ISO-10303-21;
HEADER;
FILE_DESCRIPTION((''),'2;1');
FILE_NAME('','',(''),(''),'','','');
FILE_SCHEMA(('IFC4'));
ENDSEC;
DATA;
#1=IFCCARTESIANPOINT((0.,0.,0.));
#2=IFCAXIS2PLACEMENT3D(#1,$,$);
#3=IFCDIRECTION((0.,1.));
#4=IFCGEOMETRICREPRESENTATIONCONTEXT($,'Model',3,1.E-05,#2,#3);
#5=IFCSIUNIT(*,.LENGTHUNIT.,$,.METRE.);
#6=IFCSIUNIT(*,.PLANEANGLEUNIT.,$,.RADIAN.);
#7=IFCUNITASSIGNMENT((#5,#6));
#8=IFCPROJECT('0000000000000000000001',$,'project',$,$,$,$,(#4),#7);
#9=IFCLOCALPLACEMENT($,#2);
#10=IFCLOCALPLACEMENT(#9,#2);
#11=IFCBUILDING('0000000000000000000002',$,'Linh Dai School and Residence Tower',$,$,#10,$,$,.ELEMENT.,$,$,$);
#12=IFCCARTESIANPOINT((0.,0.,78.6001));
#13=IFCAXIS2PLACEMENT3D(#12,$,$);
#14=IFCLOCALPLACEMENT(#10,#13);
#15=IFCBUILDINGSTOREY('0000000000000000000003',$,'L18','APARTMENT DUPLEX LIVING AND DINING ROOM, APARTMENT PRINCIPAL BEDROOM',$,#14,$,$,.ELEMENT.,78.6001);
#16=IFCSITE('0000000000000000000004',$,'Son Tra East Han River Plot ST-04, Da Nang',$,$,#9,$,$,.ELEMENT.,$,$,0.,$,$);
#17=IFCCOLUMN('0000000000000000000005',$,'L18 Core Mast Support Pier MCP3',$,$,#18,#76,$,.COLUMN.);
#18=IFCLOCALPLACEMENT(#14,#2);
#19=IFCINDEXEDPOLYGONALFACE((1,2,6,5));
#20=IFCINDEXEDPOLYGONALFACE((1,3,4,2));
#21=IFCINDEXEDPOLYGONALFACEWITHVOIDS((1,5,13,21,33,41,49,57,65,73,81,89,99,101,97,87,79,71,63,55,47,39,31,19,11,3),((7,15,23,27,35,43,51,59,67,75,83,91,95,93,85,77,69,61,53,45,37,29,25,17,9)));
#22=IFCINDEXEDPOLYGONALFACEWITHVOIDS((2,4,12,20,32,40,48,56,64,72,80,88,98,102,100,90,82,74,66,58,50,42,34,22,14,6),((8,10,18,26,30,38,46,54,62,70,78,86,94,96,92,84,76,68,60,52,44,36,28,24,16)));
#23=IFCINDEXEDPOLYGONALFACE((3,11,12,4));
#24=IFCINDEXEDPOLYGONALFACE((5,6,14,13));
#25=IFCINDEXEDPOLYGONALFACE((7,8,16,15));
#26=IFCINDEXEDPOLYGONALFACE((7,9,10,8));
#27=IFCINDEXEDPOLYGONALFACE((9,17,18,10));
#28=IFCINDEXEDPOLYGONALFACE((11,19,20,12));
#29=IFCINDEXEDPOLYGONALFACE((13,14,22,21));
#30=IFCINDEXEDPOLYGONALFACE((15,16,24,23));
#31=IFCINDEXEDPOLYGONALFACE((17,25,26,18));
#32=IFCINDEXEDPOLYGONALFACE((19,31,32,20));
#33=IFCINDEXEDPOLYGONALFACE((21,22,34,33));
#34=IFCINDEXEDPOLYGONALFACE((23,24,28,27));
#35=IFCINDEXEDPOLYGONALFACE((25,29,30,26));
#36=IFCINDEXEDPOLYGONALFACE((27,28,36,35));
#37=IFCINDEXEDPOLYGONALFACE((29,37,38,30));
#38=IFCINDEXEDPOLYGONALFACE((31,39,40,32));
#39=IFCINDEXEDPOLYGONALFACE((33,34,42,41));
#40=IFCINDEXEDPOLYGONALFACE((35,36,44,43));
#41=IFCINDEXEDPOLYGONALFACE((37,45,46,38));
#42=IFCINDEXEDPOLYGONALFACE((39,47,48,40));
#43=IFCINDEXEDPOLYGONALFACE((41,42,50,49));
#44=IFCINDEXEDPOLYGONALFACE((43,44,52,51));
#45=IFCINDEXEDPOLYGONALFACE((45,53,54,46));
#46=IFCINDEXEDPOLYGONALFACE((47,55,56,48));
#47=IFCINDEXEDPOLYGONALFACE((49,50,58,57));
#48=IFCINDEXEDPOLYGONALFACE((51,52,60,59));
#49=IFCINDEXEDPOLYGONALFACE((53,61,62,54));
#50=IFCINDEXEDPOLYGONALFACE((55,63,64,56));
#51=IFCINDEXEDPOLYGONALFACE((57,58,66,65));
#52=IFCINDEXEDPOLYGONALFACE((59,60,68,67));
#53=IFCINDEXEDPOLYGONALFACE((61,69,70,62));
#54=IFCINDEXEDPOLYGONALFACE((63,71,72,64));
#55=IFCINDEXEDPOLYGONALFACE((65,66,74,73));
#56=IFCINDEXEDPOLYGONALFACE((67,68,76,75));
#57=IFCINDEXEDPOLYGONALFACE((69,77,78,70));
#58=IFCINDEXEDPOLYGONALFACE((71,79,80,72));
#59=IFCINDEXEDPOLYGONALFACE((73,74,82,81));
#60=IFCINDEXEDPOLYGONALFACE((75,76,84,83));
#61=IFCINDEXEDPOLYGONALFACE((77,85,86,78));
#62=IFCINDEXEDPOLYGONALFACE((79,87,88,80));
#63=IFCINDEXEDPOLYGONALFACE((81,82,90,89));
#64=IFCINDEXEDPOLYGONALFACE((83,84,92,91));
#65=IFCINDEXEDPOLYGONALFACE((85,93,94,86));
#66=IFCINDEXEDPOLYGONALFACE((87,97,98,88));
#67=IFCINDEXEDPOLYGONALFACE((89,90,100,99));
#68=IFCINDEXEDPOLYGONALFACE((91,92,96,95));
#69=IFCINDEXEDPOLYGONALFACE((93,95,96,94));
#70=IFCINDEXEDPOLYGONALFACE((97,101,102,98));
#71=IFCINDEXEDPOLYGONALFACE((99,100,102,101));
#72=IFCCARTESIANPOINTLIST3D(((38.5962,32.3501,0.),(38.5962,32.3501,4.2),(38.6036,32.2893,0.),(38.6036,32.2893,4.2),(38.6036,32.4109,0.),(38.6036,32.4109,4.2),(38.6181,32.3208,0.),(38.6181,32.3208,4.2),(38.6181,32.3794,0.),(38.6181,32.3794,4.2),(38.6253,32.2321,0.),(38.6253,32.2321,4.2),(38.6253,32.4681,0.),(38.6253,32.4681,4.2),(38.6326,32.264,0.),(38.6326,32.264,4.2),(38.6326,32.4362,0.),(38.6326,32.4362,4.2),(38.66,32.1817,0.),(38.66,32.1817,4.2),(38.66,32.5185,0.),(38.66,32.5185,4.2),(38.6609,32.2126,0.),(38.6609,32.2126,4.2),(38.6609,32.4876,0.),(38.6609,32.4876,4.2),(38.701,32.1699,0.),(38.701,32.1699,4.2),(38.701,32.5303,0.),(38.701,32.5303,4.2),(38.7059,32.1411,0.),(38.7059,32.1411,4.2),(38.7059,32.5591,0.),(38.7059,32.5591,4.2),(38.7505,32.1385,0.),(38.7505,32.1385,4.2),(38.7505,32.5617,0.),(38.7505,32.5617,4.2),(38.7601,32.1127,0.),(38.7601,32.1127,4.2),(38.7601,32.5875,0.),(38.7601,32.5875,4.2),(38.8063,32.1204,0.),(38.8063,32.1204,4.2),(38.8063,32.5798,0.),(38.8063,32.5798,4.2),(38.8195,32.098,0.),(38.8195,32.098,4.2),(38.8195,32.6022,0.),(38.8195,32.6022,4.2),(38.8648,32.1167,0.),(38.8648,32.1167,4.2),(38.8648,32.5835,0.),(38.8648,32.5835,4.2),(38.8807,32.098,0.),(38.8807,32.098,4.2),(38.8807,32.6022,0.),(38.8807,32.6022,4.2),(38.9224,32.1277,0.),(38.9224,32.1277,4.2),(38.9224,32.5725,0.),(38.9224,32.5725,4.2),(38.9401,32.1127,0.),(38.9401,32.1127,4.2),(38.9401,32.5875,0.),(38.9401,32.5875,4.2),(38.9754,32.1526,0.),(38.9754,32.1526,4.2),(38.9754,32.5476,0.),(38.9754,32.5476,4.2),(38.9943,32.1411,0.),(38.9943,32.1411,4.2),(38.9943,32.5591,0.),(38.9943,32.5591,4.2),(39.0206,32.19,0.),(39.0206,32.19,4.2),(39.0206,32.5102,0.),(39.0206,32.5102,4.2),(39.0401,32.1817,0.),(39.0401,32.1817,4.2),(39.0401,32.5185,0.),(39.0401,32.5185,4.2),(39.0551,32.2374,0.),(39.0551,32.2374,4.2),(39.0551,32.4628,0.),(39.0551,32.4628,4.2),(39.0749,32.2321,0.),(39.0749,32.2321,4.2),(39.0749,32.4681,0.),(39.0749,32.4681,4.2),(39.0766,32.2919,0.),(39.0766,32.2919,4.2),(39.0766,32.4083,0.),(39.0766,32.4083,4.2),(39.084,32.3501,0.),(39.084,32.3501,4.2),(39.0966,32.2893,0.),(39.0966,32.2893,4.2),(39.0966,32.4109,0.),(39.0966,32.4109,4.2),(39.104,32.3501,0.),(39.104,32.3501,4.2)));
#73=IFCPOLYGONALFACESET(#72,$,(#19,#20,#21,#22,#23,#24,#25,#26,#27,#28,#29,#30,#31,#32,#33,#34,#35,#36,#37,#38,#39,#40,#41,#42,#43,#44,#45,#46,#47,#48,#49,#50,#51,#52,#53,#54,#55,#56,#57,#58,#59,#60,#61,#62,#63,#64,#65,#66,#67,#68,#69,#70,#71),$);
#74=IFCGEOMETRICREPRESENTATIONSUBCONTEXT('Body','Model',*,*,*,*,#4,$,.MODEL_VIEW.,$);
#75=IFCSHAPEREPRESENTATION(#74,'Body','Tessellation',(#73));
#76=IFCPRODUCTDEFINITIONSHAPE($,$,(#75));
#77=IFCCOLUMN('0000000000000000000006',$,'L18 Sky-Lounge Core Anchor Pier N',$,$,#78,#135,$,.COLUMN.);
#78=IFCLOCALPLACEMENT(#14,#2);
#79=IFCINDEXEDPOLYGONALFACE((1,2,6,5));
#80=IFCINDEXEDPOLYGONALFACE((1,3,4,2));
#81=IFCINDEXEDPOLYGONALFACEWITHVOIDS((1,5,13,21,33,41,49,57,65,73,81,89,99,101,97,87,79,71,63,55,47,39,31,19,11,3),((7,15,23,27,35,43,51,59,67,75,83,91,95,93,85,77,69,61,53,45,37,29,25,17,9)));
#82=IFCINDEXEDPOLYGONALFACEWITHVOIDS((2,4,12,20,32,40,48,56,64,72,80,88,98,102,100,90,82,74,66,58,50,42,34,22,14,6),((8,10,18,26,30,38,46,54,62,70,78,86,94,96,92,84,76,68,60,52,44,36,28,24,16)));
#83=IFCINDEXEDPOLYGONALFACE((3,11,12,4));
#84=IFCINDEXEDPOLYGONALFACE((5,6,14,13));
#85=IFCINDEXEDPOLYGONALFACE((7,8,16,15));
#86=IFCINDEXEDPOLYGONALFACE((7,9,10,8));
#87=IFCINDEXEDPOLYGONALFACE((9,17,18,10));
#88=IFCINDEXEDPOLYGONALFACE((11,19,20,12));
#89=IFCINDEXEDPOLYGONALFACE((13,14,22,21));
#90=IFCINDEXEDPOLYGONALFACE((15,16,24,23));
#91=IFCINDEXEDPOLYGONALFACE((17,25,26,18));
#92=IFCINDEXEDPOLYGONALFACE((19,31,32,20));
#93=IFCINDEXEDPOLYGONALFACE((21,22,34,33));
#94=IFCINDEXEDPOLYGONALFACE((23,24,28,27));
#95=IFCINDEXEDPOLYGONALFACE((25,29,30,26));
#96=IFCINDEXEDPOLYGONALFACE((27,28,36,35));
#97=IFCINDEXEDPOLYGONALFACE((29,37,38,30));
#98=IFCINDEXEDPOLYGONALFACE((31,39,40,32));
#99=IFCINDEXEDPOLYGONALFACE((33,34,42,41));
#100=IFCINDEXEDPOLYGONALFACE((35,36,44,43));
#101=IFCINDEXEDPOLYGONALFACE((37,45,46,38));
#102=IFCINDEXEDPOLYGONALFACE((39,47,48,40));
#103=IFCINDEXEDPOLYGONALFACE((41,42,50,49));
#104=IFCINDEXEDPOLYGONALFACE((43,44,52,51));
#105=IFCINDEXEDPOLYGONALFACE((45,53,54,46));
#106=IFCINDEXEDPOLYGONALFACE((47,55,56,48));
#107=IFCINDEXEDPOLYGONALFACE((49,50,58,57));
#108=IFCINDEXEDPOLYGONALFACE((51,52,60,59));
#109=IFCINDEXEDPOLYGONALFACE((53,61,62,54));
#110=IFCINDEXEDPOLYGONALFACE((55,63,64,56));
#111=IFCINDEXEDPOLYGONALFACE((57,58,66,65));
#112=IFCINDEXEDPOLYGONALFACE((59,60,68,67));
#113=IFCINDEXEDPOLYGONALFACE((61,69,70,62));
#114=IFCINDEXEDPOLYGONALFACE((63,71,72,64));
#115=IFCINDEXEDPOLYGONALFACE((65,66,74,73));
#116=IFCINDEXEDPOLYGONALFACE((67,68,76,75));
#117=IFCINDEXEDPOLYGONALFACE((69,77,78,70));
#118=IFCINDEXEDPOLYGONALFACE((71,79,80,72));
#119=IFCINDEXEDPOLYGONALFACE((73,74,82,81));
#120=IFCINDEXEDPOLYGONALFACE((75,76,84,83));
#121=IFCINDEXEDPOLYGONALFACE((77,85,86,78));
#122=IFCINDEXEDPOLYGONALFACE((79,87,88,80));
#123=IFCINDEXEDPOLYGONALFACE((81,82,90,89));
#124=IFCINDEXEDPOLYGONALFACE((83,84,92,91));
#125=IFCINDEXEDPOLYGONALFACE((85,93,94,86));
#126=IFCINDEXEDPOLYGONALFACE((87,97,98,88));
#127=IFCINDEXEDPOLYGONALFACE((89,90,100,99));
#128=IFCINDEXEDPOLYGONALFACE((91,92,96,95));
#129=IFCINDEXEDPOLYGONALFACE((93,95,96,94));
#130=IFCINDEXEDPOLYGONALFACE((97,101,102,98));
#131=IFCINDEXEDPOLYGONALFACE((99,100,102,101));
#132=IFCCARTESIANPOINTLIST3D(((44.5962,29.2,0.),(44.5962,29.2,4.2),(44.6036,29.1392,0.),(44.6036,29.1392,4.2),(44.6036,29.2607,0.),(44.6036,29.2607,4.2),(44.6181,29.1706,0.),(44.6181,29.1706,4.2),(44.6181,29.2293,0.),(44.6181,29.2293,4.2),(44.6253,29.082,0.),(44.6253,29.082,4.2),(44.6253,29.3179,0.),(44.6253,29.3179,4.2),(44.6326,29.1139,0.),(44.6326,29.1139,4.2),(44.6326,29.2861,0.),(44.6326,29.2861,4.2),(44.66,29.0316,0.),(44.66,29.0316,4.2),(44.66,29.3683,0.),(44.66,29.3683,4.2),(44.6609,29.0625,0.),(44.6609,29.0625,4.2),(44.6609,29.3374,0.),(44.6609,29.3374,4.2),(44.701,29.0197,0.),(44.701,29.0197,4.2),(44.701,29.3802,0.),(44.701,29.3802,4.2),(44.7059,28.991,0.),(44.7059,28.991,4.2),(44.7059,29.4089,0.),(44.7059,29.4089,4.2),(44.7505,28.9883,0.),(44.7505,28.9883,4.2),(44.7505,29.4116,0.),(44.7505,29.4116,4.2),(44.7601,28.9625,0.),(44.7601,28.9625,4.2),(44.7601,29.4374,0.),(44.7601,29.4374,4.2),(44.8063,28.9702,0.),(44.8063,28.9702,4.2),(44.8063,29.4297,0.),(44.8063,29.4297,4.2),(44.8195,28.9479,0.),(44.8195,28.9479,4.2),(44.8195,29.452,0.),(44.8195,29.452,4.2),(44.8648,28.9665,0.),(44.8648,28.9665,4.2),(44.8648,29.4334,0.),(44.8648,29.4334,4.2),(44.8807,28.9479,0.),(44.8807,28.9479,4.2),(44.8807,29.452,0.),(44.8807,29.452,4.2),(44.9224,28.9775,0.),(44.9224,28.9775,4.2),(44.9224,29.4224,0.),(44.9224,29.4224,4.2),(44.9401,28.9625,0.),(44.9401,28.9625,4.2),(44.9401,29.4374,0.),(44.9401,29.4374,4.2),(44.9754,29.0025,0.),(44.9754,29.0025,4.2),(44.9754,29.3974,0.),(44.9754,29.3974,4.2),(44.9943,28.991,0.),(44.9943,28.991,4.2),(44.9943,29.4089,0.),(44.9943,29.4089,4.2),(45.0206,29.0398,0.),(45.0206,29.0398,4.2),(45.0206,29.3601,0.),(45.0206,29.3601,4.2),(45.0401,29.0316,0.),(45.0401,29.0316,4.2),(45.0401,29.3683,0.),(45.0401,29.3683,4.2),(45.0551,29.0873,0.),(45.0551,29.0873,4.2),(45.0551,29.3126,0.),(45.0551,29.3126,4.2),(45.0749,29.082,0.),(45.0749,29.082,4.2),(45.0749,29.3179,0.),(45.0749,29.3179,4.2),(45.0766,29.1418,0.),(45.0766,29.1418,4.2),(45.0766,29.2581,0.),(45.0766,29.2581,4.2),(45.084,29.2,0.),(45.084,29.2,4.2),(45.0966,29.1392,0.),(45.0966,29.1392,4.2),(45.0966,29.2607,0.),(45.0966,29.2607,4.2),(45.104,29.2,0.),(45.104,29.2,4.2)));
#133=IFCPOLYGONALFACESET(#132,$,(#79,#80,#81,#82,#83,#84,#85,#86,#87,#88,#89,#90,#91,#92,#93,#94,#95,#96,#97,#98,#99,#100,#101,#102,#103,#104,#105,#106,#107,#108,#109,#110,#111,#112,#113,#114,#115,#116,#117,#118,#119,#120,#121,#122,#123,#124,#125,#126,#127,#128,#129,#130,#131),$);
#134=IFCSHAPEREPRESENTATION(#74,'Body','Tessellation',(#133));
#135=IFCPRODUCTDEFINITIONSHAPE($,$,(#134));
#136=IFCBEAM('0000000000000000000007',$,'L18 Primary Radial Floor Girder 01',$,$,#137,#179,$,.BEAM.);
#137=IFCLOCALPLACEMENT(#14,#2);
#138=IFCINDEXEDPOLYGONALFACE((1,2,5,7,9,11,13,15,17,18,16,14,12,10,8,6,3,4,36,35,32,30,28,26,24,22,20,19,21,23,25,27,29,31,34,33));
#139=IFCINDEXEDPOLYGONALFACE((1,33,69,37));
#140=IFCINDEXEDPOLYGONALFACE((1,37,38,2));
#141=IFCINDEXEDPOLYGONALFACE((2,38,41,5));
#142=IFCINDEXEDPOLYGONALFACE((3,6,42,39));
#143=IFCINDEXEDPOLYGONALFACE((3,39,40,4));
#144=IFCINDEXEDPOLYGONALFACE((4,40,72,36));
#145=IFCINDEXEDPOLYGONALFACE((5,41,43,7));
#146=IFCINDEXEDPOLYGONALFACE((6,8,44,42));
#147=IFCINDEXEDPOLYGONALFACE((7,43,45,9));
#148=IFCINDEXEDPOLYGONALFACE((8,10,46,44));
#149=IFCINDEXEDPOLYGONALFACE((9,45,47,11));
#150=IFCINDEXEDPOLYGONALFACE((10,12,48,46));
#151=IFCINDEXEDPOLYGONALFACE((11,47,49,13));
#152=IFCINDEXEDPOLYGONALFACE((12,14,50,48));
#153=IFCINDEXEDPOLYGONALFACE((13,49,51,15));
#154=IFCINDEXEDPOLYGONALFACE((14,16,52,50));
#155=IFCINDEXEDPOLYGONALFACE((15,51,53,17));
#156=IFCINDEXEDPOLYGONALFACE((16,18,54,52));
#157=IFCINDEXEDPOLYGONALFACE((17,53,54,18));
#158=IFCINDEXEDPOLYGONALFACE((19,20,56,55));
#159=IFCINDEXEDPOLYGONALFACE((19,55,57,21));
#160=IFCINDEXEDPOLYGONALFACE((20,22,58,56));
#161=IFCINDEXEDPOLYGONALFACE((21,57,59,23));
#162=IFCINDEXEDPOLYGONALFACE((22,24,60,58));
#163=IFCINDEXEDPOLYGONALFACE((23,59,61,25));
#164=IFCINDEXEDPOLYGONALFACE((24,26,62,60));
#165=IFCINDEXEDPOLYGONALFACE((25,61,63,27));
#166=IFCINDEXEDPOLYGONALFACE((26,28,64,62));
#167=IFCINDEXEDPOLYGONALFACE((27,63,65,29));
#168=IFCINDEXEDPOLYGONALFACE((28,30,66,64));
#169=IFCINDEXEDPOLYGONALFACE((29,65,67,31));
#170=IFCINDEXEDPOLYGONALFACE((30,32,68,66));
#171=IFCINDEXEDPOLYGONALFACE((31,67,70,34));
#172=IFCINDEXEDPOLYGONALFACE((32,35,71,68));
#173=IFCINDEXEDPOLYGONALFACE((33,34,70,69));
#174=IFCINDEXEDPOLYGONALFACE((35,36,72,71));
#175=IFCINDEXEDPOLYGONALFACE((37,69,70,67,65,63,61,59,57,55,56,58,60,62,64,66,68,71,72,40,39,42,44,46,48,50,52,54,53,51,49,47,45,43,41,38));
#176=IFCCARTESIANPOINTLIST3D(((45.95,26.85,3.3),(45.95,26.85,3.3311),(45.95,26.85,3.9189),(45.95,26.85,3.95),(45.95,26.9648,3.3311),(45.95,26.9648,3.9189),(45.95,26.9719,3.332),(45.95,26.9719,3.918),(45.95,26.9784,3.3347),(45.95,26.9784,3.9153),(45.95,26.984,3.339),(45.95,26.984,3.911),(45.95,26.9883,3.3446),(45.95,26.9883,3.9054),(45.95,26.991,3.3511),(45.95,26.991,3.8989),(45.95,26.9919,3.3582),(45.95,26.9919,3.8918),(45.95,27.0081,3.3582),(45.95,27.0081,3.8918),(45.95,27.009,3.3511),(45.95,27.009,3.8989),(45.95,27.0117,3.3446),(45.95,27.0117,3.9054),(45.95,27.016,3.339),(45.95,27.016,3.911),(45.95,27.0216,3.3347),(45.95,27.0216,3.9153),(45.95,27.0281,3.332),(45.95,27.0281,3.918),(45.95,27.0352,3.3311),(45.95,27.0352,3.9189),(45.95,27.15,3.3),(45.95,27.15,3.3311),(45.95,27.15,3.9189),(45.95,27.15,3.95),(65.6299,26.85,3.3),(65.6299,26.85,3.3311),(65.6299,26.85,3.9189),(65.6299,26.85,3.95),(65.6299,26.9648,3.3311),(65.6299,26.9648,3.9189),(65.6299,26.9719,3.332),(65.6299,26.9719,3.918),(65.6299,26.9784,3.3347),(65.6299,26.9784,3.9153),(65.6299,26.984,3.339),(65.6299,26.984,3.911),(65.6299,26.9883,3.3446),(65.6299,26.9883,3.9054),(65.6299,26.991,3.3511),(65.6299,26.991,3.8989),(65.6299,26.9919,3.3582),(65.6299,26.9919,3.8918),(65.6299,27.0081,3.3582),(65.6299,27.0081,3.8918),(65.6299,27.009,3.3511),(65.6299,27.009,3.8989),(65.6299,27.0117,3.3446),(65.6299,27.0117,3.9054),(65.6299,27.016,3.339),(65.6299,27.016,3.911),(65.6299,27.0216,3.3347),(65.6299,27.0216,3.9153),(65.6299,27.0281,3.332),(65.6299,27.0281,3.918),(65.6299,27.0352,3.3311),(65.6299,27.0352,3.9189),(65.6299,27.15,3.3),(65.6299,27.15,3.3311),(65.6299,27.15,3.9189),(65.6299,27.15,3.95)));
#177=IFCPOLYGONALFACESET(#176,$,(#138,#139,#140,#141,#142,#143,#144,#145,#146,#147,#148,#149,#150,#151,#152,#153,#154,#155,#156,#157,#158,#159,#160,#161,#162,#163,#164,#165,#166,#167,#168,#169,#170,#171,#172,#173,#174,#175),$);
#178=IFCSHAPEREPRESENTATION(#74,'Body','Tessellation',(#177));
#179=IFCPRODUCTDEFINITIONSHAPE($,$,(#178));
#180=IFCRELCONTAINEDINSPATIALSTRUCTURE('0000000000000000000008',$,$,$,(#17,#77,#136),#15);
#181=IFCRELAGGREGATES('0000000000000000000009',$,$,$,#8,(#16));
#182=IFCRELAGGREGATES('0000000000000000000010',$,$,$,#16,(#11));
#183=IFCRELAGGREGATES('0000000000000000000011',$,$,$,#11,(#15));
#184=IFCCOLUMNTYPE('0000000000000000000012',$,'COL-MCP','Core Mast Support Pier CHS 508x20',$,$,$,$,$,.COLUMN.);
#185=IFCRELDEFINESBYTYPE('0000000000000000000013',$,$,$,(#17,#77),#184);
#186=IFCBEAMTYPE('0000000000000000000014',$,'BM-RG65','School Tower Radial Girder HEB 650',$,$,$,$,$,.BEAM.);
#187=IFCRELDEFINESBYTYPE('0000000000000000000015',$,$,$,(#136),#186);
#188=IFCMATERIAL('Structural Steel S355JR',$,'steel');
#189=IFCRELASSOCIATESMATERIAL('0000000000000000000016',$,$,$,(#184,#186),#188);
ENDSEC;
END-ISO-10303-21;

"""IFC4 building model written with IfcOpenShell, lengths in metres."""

from ifc_helpers import new_model, si_unit, direction, frame, origin, origin_2d, place, context, subcontext, project, spatial, hollow_circle, i_section, extrude, material, material_profile, profile_set, type_object, element, save


model = new_model("IFC4")

# Units and contexts
model_context = context("Model", 3, precision=1e-05, world=origin(), true_north=direction((0.0, 1.0)))
body_context = subcontext(model_context, "Body", "Model", "MODEL_VIEW")
ifc_project = project(units=[si_unit("LENGTHUNIT", "METRE"), si_unit("PLANEANGLEUNIT", "RADIAN")], contexts=[model_context])

# Site, building, storey
site_placement = place(None, origin())
site = spatial("IfcSite", under=ifc_project, at=site_placement, Name="Son Tra East Han River Plot ST-04, Da Nang", CompositionType="ELEMENT", RefElevation=0.0)
building_placement = place(site_placement, origin())
building = spatial("IfcBuilding", under=site, at=building_placement, Name="Linh Dai School and Residence Tower", CompositionType="ELEMENT")
storey_placement = place(building_placement, frame((0.0, 0.0, 78.6001)))
storey = spatial("IfcBuildingStorey", under=building, at=storey_placement, Name="L18", Description="APARTMENT DUPLEX LIVING AND DINING ROOM, APARTMENT PRINCIPAL BEDROOM", CompositionType="ELEMENT", Elevation=78.6001)

# Columns
ifc_material_1 = material(Name="Structural Steel S355JR", Category="steel")
ifc_material_profile_1 = material_profile(ifc_material_1, hollow_circle(Radius=0.2539, WallThickness=0.02, at=origin_2d()), Name="CHS 508x20")
ifc_profile_set_1 = profile_set([ifc_material_profile_1], Name="Structural Steel S355JR")
column_type_1 = type_object("IfcColumnType", Name="COL-MCP", Description="Core Mast Support Pier CHS 508x20", PredefinedType="COLUMN", material=ifc_profile_set_1)
for number, where, z_axis, x_axis, name in (
    (1, (38.8501, 32.3501, 0.0), (0.0, 0.0, 1.0), (1.0, 0.0, 0.0), "L18 Core Mast Support Pier MCP3"),
    (2, (44.8501, 29.2, 0.0), (0.0, 0.0, 1.0), (1.0, 0.0, 0.0), "L18 Sky-Lounge Core Anchor Pier N"),
):
    element("IfcColumn", number, at=place(storey_placement, frame(where, z_axis=z_axis, x_axis=x_axis)), inside=storey, type_object=column_type_1, Name=name, PredefinedType="COLUMN", context=body_context, shape_type="SweptSolid", body=[
        extrude(hollow_circle(Radius=0.2539, WallThickness=0.02, at=origin_2d()), origin(), (0.0, 0.0, 1.0), 4.2),
    ])

# Beam
ifc_material_profile_2 = material_profile(ifc_material_1, i_section(OverallWidth=0.3, OverallDepth=0.6499, WebThickness=0.0161, FlangeThickness=0.031, FilletRadius=0.0271, at=origin_2d()), Name="HEB 650")
ifc_profile_set_2 = profile_set([ifc_material_profile_2], Name="Structural Steel S355JR")
beam_type_1 = type_object("IfcBeamType", Name="BM-RG65", Description="School Tower Radial Girder HEB 650", PredefinedType="BEAM", material=ifc_profile_set_2)
beam_1_placement = place(storey_placement, frame((45.95, 27.0, 3.625), z_axis=(1.0, 0.0, 0.0), x_axis=(0.0, 1.0, 0.0)))
element("IfcBeam", 3, at=beam_1_placement, inside=storey, type_object=beam_type_1, Name="L18 Primary Radial Floor Girder 01", PredefinedType="BEAM", context=body_context, shape_type="SweptSolid", body=[
    extrude(i_section(OverallWidth=0.3, OverallDepth=0.6499, WebThickness=0.0161, FlangeThickness=0.031, FilletRadius=0.0271, at=origin_2d()), origin(), (0.0, 0.0, 1.0), 19.6799),
])

save(model, "model.ifc")
